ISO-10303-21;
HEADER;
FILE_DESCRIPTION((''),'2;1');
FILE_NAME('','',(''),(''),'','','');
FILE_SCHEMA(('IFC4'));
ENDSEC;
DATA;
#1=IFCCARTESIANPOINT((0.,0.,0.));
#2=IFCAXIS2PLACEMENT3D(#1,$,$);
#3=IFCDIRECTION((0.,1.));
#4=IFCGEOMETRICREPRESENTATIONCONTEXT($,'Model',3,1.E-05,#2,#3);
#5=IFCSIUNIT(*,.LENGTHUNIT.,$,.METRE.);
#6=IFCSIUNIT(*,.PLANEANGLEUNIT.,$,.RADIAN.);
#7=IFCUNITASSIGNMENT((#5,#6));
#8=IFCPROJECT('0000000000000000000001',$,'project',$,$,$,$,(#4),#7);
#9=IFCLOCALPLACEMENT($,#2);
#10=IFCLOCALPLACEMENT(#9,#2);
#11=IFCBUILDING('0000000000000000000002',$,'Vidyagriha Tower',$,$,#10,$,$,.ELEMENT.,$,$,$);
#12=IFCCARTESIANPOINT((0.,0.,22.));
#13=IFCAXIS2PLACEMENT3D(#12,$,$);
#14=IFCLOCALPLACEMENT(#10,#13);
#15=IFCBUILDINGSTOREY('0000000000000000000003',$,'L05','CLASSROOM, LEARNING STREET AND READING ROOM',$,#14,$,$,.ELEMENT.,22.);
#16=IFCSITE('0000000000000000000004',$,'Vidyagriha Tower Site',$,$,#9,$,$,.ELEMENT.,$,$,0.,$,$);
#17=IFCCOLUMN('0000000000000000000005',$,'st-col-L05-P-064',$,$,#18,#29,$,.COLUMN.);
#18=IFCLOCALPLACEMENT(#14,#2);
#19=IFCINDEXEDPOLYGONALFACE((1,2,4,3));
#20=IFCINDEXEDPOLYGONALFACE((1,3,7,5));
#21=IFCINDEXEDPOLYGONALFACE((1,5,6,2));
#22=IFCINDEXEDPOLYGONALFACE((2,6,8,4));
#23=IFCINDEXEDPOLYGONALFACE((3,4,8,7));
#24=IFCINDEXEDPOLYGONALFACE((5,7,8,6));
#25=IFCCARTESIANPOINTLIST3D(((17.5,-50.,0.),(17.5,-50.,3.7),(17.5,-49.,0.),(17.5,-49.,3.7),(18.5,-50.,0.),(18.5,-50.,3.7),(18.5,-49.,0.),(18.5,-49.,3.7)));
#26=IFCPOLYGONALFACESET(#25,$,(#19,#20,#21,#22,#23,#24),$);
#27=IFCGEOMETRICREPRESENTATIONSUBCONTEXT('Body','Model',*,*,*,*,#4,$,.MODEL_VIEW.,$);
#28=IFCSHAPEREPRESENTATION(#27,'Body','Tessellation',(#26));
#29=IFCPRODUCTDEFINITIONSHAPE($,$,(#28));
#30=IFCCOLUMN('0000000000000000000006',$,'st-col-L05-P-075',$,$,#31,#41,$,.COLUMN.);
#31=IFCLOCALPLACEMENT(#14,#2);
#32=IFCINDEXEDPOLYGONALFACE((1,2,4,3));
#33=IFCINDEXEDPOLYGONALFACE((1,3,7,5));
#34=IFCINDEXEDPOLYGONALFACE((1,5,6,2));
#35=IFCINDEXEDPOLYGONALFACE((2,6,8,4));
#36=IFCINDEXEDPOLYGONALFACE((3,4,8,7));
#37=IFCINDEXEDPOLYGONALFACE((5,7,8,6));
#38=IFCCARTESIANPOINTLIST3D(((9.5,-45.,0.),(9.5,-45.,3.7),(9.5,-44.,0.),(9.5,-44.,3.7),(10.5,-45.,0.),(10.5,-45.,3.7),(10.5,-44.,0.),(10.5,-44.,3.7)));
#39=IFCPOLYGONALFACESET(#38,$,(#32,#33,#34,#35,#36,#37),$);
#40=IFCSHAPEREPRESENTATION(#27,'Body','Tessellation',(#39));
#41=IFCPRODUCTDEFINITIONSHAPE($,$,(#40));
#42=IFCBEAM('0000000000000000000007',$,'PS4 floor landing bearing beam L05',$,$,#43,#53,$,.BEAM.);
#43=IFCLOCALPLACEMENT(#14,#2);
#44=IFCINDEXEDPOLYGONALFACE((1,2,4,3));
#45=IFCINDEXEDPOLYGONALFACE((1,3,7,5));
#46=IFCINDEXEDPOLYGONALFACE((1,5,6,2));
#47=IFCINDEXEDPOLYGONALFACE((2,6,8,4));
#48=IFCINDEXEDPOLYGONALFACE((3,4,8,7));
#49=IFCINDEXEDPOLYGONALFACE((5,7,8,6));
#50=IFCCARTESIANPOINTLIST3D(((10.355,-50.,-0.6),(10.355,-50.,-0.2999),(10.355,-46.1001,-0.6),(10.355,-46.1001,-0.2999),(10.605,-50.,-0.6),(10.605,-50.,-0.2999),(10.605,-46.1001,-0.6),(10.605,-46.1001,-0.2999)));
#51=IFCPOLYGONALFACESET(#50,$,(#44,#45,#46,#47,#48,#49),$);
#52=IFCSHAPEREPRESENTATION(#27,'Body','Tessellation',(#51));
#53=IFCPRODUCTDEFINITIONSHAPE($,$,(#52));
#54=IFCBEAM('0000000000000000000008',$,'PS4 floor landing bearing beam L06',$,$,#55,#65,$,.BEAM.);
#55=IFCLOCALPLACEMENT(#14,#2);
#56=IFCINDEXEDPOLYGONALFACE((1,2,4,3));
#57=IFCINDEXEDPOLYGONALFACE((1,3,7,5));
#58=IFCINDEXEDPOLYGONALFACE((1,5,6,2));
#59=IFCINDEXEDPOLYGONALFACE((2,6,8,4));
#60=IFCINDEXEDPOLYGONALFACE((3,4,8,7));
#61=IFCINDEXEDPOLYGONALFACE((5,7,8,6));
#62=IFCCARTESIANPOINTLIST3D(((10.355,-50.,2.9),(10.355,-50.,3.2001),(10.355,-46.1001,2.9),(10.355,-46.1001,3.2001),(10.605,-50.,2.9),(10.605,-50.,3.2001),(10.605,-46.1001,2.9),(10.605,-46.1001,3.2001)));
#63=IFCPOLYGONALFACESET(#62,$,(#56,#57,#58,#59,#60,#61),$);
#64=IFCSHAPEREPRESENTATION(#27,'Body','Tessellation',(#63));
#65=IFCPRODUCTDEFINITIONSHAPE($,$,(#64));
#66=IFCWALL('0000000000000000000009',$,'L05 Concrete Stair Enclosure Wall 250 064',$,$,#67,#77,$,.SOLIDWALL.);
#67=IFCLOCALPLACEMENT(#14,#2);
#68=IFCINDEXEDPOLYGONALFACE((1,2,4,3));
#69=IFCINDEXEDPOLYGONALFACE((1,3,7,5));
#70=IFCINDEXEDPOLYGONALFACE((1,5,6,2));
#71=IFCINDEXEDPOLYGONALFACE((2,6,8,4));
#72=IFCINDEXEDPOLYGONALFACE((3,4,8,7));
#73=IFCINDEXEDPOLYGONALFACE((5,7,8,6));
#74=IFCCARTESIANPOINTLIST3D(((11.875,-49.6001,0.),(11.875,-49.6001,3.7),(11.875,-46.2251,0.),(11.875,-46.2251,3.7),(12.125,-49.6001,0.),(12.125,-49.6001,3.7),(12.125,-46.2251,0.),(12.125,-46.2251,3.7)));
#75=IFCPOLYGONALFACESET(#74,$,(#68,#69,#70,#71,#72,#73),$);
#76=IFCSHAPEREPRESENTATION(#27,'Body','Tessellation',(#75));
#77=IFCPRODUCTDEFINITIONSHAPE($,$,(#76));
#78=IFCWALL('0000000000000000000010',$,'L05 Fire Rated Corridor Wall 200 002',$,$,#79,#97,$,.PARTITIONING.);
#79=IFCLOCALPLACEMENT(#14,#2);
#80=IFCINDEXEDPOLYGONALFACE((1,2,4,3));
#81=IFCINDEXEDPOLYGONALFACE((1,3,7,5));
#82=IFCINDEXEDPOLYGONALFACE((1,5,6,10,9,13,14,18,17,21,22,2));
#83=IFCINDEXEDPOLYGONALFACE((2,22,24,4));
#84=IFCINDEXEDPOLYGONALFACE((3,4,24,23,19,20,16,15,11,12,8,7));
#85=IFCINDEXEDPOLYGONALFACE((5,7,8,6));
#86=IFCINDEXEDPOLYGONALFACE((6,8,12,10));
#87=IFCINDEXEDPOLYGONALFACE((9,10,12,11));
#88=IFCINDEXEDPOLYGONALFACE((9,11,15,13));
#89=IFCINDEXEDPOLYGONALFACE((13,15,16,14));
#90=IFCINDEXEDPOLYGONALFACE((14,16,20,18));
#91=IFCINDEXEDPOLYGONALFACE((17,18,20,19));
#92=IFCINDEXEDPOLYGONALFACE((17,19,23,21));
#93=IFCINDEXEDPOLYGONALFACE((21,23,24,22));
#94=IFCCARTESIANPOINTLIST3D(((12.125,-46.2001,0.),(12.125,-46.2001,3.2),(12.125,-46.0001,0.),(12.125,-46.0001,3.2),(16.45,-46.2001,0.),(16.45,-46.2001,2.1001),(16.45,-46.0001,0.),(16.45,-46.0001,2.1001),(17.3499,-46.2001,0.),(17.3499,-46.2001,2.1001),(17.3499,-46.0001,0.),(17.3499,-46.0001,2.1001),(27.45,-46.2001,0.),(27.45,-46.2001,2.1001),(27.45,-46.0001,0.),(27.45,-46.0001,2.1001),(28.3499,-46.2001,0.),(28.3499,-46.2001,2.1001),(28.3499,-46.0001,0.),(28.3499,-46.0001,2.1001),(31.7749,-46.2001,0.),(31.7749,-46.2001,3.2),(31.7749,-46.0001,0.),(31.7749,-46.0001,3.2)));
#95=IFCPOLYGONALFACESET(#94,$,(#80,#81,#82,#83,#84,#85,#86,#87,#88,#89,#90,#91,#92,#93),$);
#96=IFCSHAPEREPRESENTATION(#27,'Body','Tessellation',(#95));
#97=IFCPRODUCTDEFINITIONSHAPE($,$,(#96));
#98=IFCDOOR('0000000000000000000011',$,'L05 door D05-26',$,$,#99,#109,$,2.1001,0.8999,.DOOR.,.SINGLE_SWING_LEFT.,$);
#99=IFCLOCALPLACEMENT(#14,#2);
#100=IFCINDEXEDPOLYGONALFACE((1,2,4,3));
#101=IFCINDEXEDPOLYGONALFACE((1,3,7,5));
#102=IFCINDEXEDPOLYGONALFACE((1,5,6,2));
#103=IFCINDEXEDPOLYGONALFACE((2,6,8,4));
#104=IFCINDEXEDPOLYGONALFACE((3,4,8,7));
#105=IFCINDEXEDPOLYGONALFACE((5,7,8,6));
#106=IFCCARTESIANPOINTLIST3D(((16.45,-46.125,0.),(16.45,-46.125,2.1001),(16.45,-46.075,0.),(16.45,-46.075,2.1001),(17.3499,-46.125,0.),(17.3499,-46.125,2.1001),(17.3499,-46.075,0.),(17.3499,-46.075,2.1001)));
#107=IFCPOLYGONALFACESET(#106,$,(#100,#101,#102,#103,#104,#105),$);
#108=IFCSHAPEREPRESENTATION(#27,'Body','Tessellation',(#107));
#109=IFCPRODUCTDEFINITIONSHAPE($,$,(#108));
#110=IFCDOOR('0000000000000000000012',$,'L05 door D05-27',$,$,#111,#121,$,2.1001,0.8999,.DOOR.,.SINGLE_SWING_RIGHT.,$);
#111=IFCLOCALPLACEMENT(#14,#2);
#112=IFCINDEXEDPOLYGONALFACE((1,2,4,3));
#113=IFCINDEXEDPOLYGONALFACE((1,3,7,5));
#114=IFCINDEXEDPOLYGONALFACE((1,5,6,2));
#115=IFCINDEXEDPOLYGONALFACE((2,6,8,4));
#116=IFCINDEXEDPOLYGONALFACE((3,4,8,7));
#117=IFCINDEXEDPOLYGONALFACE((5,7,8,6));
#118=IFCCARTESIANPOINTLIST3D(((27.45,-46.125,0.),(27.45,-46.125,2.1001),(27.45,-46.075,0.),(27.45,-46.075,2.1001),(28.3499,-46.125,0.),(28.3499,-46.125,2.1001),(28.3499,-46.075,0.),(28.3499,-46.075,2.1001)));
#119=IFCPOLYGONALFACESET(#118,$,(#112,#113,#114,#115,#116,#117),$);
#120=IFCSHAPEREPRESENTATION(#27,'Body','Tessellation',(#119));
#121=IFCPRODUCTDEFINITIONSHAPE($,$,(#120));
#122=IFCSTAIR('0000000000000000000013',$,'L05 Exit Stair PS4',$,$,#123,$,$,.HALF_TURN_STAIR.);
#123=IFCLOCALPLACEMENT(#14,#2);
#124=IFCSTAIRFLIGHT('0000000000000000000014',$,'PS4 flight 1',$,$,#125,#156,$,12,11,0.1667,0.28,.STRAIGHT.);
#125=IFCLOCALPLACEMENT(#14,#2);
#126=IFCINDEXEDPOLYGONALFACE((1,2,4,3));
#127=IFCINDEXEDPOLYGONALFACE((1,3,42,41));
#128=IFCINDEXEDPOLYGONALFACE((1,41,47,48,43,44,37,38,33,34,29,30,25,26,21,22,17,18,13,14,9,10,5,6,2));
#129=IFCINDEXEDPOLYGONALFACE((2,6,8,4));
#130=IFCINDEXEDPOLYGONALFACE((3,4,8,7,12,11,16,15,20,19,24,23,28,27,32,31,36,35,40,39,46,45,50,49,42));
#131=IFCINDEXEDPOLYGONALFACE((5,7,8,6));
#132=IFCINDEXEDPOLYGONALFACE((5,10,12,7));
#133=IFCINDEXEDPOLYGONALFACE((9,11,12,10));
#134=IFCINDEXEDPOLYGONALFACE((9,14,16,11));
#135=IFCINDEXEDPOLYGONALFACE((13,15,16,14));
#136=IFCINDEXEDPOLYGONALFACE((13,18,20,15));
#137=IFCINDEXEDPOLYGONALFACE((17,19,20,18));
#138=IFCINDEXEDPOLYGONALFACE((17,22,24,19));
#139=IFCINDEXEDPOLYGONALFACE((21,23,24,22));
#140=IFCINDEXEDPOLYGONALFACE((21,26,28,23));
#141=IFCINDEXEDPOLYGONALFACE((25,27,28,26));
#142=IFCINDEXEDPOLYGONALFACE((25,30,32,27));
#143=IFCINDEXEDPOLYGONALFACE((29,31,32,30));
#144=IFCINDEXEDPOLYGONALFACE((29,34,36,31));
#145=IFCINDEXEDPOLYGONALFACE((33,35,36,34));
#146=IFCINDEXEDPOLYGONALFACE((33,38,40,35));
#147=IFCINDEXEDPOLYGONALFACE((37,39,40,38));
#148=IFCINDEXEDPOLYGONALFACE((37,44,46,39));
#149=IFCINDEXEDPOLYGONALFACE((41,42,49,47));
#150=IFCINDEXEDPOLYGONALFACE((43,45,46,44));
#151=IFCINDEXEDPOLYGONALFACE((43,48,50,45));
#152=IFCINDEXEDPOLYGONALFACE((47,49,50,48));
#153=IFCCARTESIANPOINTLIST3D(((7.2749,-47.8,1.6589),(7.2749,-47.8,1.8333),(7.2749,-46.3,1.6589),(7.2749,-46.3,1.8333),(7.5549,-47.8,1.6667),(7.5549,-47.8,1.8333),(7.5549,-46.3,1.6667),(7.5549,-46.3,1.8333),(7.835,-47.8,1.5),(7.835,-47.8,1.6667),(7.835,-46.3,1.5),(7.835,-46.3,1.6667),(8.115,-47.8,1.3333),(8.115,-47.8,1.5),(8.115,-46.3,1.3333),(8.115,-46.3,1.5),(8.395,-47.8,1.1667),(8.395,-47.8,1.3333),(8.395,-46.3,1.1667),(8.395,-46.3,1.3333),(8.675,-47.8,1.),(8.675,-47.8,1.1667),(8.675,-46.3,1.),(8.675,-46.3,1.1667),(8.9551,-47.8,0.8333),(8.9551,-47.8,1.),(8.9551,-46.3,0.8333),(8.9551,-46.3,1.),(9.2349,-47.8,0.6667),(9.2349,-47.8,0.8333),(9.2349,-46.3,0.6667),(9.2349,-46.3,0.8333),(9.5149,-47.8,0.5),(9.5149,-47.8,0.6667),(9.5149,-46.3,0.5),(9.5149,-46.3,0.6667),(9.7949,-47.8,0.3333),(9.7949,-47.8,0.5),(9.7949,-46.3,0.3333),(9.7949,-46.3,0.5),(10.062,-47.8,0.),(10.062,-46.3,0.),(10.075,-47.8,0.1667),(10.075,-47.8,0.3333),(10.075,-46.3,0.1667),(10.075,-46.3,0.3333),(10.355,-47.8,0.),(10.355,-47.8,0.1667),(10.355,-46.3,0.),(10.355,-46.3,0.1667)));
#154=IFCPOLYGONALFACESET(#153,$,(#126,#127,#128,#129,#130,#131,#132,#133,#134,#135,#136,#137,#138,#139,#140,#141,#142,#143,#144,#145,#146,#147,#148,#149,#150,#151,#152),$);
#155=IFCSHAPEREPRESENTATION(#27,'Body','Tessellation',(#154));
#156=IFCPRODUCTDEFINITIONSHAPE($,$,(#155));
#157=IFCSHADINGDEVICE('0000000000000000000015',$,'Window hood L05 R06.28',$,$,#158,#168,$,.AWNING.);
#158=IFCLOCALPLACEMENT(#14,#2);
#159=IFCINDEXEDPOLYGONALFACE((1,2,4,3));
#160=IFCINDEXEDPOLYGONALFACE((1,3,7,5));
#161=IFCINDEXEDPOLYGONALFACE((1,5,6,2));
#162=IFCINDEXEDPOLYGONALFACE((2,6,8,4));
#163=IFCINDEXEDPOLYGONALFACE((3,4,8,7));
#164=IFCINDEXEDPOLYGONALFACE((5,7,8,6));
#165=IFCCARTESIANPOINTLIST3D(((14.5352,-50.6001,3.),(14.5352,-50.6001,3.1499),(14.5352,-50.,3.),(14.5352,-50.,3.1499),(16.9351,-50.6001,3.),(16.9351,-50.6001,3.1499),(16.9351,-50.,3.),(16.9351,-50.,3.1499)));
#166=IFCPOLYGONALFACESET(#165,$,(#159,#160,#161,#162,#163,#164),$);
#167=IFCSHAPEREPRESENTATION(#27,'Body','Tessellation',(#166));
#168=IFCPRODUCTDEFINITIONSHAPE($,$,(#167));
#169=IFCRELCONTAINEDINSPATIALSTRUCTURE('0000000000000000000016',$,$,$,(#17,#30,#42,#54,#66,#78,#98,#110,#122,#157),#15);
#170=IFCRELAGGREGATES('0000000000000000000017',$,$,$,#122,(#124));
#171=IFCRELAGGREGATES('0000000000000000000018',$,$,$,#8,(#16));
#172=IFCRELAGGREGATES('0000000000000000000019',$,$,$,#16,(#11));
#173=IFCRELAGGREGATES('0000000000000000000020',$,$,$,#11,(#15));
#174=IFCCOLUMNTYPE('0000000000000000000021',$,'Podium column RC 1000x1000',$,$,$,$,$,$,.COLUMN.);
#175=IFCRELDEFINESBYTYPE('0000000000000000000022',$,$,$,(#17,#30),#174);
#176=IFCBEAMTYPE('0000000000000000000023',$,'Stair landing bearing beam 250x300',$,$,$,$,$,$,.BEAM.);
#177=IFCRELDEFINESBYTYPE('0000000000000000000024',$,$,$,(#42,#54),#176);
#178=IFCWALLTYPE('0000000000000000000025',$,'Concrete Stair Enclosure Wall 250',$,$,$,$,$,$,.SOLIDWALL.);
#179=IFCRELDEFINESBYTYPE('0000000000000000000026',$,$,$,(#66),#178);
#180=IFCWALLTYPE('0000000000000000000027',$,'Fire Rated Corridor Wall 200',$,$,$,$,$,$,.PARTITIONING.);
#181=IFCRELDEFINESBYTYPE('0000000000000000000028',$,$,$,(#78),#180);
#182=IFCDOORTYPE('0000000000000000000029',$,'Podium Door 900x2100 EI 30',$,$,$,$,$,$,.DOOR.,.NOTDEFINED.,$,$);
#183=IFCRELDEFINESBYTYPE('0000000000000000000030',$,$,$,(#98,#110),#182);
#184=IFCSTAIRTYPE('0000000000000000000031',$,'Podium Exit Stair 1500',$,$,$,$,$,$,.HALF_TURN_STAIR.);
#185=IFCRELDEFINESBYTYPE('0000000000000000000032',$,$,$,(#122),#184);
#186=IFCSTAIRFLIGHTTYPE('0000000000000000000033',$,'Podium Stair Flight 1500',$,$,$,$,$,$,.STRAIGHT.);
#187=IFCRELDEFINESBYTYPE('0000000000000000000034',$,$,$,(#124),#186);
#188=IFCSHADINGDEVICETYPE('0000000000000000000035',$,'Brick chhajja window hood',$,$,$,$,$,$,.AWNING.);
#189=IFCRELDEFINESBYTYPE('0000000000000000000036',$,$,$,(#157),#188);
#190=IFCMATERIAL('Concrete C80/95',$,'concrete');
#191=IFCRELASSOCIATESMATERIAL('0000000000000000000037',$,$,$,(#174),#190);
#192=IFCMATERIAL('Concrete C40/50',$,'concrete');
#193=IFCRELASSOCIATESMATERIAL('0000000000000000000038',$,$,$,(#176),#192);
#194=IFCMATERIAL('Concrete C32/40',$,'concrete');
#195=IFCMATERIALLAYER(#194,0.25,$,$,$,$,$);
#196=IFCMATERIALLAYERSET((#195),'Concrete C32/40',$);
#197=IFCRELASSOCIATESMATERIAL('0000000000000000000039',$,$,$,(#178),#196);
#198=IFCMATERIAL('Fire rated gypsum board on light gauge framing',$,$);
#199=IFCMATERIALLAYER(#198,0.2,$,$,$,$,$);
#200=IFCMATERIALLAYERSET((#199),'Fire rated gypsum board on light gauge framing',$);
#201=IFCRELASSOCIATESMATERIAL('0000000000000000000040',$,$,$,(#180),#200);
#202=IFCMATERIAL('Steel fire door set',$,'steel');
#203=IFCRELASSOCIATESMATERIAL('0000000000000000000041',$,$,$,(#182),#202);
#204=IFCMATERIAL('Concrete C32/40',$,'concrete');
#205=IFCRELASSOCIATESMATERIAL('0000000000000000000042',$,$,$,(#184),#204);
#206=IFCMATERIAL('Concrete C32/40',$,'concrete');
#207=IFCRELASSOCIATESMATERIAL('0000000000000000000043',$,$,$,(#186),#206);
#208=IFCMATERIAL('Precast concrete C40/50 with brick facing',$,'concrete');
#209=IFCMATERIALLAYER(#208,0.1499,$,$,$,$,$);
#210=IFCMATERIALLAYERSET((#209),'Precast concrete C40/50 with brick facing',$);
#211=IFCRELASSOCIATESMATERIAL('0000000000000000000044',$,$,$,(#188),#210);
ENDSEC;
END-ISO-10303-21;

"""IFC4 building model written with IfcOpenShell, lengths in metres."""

from ifc_helpers import new_model, si_unit, direction, frame, frame_2d, origin, origin_2d, place, context, subcontext, project, spatial, polyline, rectangle, outline, extrude, material, layer, layer_set, material_profile, profile_set, type_object, element, fill, aggregate, save


model = new_model("IFC4")

# Units and contexts
model_context = context("Model", 3, precision=1e-05, world=origin(), true_north=direction((0.0, 1.0)))
body_context = subcontext(model_context, "Body", "Model", "MODEL_VIEW")
ifc_project = project(units=[si_unit("LENGTHUNIT", "METRE"), si_unit("PLANEANGLEUNIT", "RADIAN")], contexts=[model_context])

# Site, building, storey
site_placement = place(None, origin())
site = spatial("IfcSite", under=ifc_project, at=site_placement, Name="Vidyagriha Tower Site", CompositionType="ELEMENT", RefElevation=0.0)
building_placement = place(site_placement, origin())
building = spatial("IfcBuilding", under=site, at=building_placement, Name="Vidyagriha Tower", CompositionType="ELEMENT")
storey_placement = place(building_placement, frame((0.0, 0.0, 22.0)))
storey = spatial("IfcBuildingStorey", under=building, at=storey_placement, Name="L05", Description="CLASSROOM, LEARNING STREET AND READING ROOM", CompositionType="ELEMENT", Elevation=22.0)

# Columns
ifc_material_1 = material(Name="Concrete C80/95", Category="concrete")
ifc_material_profile_1 = material_profile(ifc_material_1, rectangle(XDim=1.0, YDim=1.0, at=origin_2d()), Name="RC 1000x1000")
ifc_profile_set_1 = profile_set([ifc_material_profile_1], Name="Concrete C80/95")
column_type = type_object("IfcColumnType", Name="Podium column RC 1000x1000", PredefinedType="COLUMN", material=ifc_profile_set_1)
for number, where, name in (
    (1, (18.0, -49.5, 0.0), "st-col-L05-P-064"),
    (2, (10.0, -44.5, 0.0), "st-col-L05-P-075"),
):
    element("IfcColumn", number, at=place(storey_placement, frame(where)), inside=storey, type_object=column_type, Name=name, PredefinedType="COLUMN", context=body_context, shape_type="SweptSolid", body=[
        extrude(rectangle(XDim=1.0, YDim=1.0, at=origin_2d()), origin(), (0.0, 0.0, 1.0), 3.7),
    ])

# Beams
ifc_material_2 = material(Name="Concrete C40/50", Category="concrete")
ifc_material_profile_2 = material_profile(ifc_material_2, rectangle(XDim=0.25, YDim=0.3, at=origin_2d()), Name="Stair landing bearing beam 250x300")
ifc_profile_set_2 = profile_set([ifc_material_profile_2], Name="Concrete C40/50")
beam_type = type_object("IfcBeamType", Name="Stair landing bearing beam 250x300", PredefinedType="BEAM", material=ifc_profile_set_2)
for number, where, z_axis, x_axis, name in (
    (3, (10.48, -50.0, -0.45), (0.0, 1.0, 0.0), (-1.0, 0.0, 0.0), "PS4 floor landing bearing beam L05"),
    (4, (10.48, -50.0, 3.05), (0.0, 1.0, 0.0), (-1.0, 0.0, 0.0), "PS4 floor landing bearing beam L06"),
):
    element("IfcBeam", number, at=place(storey_placement, frame(where, z_axis=z_axis, x_axis=x_axis)), inside=storey, type_object=beam_type, Name=name, PredefinedType="BEAM", context=body_context, shape_type="SweptSolid", body=[
        extrude(rectangle(XDim=0.25, YDim=0.3, at=origin_2d()), origin(), (0.0, 0.0, 1.0), 3.8999),
    ])

# Wall
ifc_material_3 = material(Name="Concrete C32/40", Category="concrete")
ifc_layer_1 = layer(ifc_material_3, 0.25)
ifc_layer_set_1 = layer_set([ifc_layer_1], Name="Concrete C32/40")
wall_type_1 = type_object("IfcWallType", Name="Concrete Stair Enclosure Wall 250", PredefinedType="SOLIDWALL", material=ifc_layer_set_1)
wall_1_placement = place(storey_placement, frame((12.0, -49.6001, 0.0), z_axis=(0.0, 0.0, 1.0), x_axis=(0.0, 1.0, 0.0)))
element("IfcWall", 5, at=wall_1_placement, inside=storey, type_object=wall_type_1, Name="L05 Concrete Stair Enclosure Wall 250 064", PredefinedType="SOLIDWALL", context=body_context, shape_type="SweptSolid", body=[
    extrude(rectangle(XDim=3.375, YDim=0.25, at=frame_2d((1.6875, 0.0))), origin(), (0.0, 0.0, 1.0), 3.7),
])

# Wall, openings, doors
ifc_material_4 = material(Name="Fire rated gypsum board on light gauge framing")
ifc_layer_2 = layer(ifc_material_4, 0.2)
ifc_layer_set_2 = layer_set([ifc_layer_2], Name="Fire rated gypsum board on light gauge framing")
wall_type_2 = type_object("IfcWallType", Name="Fire Rated Corridor Wall 200", PredefinedType="PARTITIONING", material=ifc_layer_set_2)
wall_2_placement = place(storey_placement, frame((12.125, -46.1001, 0.0)))
wall_2 = element("IfcWall", 6, at=wall_2_placement, inside=storey, type_object=wall_type_2, Name="L05 Fire Rated Corridor Wall 200 002", PredefinedType="PARTITIONING", context=body_context, shape_type="SweptSolid", body=[
    extrude(rectangle(XDim=19.6499, YDim=0.2, at=frame_2d((9.825, 0.0))), origin(), (0.0, 0.0, 1.0), 3.2),
])
opening_1_placement = place(wall_2_placement, frame((4.325, 0.0, 0.0)))
opening_1 = element("IfcOpeningElement", 7, at=opening_1_placement, cuts=wall_2, PredefinedType="OPENING", context=body_context, shape_type="SweptSolid", body=[
    extrude(rectangle(XDim=0.8999, YDim=2.1001, at=frame_2d((0.45, 1.05))), frame((0.0, 0.1099, 0.0), z_axis=(0.0, -1.0, 0.0), x_axis=(1.0, 0.0, 0.0)), (0.0, 0.0, 1.0), 0.22),
])
opening_2_placement = place(wall_2_placement, frame((15.325, 0.0, 0.0)))
opening_2 = element("IfcOpeningElement", 8, at=opening_2_placement, cuts=wall_2, PredefinedType="OPENING", context=body_context, shape_type="SweptSolid", body=[
    extrude(rectangle(XDim=0.8999, YDim=2.1001, at=frame_2d((0.45, 1.05))), frame((0.0, 0.1099, 0.0), z_axis=(0.0, -1.0, 0.0), x_axis=(1.0, 0.0, 0.0)), (0.0, 0.0, 1.0), 0.22),
])
ifc_material_5 = material(Name="Steel fire door set", Category="steel")
door_type = type_object("IfcDoorType", Name="Podium Door 900x2100 EI 30", OperationType="NOTDEFINED", PredefinedType="DOOR", material=ifc_material_5)
door_1_placement = place(opening_1_placement, frame((0.8999, 0.0, 0.0), z_axis=(0.0, 0.0, 1.0), x_axis=(-1.0, 0.0, 0.0)))
door_1 = element("IfcDoor", 9, at=door_1_placement, inside=storey, type_object=door_type, Name="L05 door D05-26", OperationType="SINGLE_SWING_LEFT", OverallHeight=2.1001, OverallWidth=0.8999, PredefinedType="DOOR", context=body_context, shape_type="SweptSolid", body=[
    extrude(rectangle(XDim=0.8999, YDim=2.1001, at=frame_2d((0.45, 1.05))), frame((0.0, 0.0249, 0.0), z_axis=(0.0, -1.0, 0.0), x_axis=(1.0, 0.0, 0.0)), (0.0, 0.0, 1.0), 0.05),
])
fill(opening_1, door_1)
door_2_placement = place(opening_2_placement, frame((0.8999, 0.0, 0.0), z_axis=(0.0, 0.0, 1.0), x_axis=(-1.0, 0.0, 0.0)))
door_2 = element("IfcDoor", 10, at=door_2_placement, inside=storey, type_object=door_type, Name="L05 door D05-27", OperationType="SINGLE_SWING_RIGHT", OverallHeight=2.1001, OverallWidth=0.8999, PredefinedType="DOOR", context=body_context, shape_type="SweptSolid", body=[
    extrude(rectangle(XDim=0.8999, YDim=2.1001, at=frame_2d((0.45, 1.05))), frame((0.0, 0.0249, 0.0), z_axis=(0.0, -1.0, 0.0), x_axis=(1.0, 0.0, 0.0)), (0.0, 0.0, 1.0), 0.05),
])
fill(opening_2, door_2)

# Stair, stair flight
ifc_material_6 = material(Name="Concrete C32/40", Category="concrete")
stair_type = type_object("IfcStairType", Name="Podium Exit Stair 1500", PredefinedType="HALF_TURN_STAIR", material=ifc_material_6)
stair_placement = place(storey_placement, origin())
stair = element("IfcStair", 11, at=stair_placement, inside=storey, type_object=stair_type, Name="L05 Exit Stair PS4", PredefinedType="HALF_TURN_STAIR")
ifc_material_7 = material(Name="Concrete C32/40", Category="concrete")
stair_flight_type = type_object("IfcStairFlightType", Name="Podium Stair Flight 1500", PredefinedType="STRAIGHT", material=ifc_material_7)
stair_flight_placement = place(storey_placement, frame((10.355, -47.05, 0.0), z_axis=(0.0, 0.0, 1.0), x_axis=(-1.0, 0.0, 0.0)))
stair_flight = element("IfcStairFlight", 12, at=stair_flight_placement, type_object=stair_flight_type, Name="PS4 flight 1", NumberOfRisers=12, NumberOfTreads=11, PredefinedType="STRAIGHT", RiserHeight=0.1667, TreadLength=0.28, context=body_context, shape_type="SweptSolid", body=[
    extrude(outline(polyline([(0.0, 0.0), (0.0, 0.1667), (0.28, 0.1667), (0.28, 0.3333), (0.5601, 0.3333), (0.5601, 0.5), (0.8401, 0.5), (0.8401, 0.6667), (1.1201, 0.6667), (1.1201, 0.8333), (1.3999, 0.8333), (1.3999, 1.0), (1.6799, 1.0), (1.6799, 1.1667), (1.96, 1.1667), (1.96, 1.3333), (2.24, 1.3333), (2.24, 1.5), (2.52, 1.5), (2.52, 1.6667), (2.8, 1.6667), (2.8, 1.8333), (3.0801, 1.8333), (3.0801, 2.0), (3.0801, 1.6589), (0.293, 0.0), (0.0, 0.0)])), frame((0.0, 0.75, 0.0), z_axis=(0.0, -1.0, 0.0), x_axis=(1.0, 0.0, 0.0)), (0.0, 0.0, 1.0), 1.5),
])
aggregate(stair, [stair_flight])

# Shading device
ifc_material_8 = material(Name="Precast concrete C40/50 with brick facing", Category="concrete")
ifc_layer_3 = layer(ifc_material_8, 0.1499)
ifc_layer_set_3 = layer_set([ifc_layer_3], Name="Precast concrete C40/50 with brick facing")
shading_device_type_1 = type_object("IfcShadingDeviceType", Name="Brick chhajja window hood", PredefinedType="AWNING", material=ifc_layer_set_3)
shading_device_placement = place(storey_placement, frame((15.7351, -50.3, 3.0)))
element("IfcShadingDevice", 13, at=shading_device_placement, inside=storey, type_object=shading_device_type_1, Name="Window hood L05 R06.28", PredefinedType="AWNING", context=body_context, shape_type="SweptSolid", body=[
    extrude(rectangle(XDim=2.3999, YDim=0.6001, at=origin_2d()), origin(), (0.0, 0.0, 1.0), 0.1499),
])

save(model, "model.ifc")
